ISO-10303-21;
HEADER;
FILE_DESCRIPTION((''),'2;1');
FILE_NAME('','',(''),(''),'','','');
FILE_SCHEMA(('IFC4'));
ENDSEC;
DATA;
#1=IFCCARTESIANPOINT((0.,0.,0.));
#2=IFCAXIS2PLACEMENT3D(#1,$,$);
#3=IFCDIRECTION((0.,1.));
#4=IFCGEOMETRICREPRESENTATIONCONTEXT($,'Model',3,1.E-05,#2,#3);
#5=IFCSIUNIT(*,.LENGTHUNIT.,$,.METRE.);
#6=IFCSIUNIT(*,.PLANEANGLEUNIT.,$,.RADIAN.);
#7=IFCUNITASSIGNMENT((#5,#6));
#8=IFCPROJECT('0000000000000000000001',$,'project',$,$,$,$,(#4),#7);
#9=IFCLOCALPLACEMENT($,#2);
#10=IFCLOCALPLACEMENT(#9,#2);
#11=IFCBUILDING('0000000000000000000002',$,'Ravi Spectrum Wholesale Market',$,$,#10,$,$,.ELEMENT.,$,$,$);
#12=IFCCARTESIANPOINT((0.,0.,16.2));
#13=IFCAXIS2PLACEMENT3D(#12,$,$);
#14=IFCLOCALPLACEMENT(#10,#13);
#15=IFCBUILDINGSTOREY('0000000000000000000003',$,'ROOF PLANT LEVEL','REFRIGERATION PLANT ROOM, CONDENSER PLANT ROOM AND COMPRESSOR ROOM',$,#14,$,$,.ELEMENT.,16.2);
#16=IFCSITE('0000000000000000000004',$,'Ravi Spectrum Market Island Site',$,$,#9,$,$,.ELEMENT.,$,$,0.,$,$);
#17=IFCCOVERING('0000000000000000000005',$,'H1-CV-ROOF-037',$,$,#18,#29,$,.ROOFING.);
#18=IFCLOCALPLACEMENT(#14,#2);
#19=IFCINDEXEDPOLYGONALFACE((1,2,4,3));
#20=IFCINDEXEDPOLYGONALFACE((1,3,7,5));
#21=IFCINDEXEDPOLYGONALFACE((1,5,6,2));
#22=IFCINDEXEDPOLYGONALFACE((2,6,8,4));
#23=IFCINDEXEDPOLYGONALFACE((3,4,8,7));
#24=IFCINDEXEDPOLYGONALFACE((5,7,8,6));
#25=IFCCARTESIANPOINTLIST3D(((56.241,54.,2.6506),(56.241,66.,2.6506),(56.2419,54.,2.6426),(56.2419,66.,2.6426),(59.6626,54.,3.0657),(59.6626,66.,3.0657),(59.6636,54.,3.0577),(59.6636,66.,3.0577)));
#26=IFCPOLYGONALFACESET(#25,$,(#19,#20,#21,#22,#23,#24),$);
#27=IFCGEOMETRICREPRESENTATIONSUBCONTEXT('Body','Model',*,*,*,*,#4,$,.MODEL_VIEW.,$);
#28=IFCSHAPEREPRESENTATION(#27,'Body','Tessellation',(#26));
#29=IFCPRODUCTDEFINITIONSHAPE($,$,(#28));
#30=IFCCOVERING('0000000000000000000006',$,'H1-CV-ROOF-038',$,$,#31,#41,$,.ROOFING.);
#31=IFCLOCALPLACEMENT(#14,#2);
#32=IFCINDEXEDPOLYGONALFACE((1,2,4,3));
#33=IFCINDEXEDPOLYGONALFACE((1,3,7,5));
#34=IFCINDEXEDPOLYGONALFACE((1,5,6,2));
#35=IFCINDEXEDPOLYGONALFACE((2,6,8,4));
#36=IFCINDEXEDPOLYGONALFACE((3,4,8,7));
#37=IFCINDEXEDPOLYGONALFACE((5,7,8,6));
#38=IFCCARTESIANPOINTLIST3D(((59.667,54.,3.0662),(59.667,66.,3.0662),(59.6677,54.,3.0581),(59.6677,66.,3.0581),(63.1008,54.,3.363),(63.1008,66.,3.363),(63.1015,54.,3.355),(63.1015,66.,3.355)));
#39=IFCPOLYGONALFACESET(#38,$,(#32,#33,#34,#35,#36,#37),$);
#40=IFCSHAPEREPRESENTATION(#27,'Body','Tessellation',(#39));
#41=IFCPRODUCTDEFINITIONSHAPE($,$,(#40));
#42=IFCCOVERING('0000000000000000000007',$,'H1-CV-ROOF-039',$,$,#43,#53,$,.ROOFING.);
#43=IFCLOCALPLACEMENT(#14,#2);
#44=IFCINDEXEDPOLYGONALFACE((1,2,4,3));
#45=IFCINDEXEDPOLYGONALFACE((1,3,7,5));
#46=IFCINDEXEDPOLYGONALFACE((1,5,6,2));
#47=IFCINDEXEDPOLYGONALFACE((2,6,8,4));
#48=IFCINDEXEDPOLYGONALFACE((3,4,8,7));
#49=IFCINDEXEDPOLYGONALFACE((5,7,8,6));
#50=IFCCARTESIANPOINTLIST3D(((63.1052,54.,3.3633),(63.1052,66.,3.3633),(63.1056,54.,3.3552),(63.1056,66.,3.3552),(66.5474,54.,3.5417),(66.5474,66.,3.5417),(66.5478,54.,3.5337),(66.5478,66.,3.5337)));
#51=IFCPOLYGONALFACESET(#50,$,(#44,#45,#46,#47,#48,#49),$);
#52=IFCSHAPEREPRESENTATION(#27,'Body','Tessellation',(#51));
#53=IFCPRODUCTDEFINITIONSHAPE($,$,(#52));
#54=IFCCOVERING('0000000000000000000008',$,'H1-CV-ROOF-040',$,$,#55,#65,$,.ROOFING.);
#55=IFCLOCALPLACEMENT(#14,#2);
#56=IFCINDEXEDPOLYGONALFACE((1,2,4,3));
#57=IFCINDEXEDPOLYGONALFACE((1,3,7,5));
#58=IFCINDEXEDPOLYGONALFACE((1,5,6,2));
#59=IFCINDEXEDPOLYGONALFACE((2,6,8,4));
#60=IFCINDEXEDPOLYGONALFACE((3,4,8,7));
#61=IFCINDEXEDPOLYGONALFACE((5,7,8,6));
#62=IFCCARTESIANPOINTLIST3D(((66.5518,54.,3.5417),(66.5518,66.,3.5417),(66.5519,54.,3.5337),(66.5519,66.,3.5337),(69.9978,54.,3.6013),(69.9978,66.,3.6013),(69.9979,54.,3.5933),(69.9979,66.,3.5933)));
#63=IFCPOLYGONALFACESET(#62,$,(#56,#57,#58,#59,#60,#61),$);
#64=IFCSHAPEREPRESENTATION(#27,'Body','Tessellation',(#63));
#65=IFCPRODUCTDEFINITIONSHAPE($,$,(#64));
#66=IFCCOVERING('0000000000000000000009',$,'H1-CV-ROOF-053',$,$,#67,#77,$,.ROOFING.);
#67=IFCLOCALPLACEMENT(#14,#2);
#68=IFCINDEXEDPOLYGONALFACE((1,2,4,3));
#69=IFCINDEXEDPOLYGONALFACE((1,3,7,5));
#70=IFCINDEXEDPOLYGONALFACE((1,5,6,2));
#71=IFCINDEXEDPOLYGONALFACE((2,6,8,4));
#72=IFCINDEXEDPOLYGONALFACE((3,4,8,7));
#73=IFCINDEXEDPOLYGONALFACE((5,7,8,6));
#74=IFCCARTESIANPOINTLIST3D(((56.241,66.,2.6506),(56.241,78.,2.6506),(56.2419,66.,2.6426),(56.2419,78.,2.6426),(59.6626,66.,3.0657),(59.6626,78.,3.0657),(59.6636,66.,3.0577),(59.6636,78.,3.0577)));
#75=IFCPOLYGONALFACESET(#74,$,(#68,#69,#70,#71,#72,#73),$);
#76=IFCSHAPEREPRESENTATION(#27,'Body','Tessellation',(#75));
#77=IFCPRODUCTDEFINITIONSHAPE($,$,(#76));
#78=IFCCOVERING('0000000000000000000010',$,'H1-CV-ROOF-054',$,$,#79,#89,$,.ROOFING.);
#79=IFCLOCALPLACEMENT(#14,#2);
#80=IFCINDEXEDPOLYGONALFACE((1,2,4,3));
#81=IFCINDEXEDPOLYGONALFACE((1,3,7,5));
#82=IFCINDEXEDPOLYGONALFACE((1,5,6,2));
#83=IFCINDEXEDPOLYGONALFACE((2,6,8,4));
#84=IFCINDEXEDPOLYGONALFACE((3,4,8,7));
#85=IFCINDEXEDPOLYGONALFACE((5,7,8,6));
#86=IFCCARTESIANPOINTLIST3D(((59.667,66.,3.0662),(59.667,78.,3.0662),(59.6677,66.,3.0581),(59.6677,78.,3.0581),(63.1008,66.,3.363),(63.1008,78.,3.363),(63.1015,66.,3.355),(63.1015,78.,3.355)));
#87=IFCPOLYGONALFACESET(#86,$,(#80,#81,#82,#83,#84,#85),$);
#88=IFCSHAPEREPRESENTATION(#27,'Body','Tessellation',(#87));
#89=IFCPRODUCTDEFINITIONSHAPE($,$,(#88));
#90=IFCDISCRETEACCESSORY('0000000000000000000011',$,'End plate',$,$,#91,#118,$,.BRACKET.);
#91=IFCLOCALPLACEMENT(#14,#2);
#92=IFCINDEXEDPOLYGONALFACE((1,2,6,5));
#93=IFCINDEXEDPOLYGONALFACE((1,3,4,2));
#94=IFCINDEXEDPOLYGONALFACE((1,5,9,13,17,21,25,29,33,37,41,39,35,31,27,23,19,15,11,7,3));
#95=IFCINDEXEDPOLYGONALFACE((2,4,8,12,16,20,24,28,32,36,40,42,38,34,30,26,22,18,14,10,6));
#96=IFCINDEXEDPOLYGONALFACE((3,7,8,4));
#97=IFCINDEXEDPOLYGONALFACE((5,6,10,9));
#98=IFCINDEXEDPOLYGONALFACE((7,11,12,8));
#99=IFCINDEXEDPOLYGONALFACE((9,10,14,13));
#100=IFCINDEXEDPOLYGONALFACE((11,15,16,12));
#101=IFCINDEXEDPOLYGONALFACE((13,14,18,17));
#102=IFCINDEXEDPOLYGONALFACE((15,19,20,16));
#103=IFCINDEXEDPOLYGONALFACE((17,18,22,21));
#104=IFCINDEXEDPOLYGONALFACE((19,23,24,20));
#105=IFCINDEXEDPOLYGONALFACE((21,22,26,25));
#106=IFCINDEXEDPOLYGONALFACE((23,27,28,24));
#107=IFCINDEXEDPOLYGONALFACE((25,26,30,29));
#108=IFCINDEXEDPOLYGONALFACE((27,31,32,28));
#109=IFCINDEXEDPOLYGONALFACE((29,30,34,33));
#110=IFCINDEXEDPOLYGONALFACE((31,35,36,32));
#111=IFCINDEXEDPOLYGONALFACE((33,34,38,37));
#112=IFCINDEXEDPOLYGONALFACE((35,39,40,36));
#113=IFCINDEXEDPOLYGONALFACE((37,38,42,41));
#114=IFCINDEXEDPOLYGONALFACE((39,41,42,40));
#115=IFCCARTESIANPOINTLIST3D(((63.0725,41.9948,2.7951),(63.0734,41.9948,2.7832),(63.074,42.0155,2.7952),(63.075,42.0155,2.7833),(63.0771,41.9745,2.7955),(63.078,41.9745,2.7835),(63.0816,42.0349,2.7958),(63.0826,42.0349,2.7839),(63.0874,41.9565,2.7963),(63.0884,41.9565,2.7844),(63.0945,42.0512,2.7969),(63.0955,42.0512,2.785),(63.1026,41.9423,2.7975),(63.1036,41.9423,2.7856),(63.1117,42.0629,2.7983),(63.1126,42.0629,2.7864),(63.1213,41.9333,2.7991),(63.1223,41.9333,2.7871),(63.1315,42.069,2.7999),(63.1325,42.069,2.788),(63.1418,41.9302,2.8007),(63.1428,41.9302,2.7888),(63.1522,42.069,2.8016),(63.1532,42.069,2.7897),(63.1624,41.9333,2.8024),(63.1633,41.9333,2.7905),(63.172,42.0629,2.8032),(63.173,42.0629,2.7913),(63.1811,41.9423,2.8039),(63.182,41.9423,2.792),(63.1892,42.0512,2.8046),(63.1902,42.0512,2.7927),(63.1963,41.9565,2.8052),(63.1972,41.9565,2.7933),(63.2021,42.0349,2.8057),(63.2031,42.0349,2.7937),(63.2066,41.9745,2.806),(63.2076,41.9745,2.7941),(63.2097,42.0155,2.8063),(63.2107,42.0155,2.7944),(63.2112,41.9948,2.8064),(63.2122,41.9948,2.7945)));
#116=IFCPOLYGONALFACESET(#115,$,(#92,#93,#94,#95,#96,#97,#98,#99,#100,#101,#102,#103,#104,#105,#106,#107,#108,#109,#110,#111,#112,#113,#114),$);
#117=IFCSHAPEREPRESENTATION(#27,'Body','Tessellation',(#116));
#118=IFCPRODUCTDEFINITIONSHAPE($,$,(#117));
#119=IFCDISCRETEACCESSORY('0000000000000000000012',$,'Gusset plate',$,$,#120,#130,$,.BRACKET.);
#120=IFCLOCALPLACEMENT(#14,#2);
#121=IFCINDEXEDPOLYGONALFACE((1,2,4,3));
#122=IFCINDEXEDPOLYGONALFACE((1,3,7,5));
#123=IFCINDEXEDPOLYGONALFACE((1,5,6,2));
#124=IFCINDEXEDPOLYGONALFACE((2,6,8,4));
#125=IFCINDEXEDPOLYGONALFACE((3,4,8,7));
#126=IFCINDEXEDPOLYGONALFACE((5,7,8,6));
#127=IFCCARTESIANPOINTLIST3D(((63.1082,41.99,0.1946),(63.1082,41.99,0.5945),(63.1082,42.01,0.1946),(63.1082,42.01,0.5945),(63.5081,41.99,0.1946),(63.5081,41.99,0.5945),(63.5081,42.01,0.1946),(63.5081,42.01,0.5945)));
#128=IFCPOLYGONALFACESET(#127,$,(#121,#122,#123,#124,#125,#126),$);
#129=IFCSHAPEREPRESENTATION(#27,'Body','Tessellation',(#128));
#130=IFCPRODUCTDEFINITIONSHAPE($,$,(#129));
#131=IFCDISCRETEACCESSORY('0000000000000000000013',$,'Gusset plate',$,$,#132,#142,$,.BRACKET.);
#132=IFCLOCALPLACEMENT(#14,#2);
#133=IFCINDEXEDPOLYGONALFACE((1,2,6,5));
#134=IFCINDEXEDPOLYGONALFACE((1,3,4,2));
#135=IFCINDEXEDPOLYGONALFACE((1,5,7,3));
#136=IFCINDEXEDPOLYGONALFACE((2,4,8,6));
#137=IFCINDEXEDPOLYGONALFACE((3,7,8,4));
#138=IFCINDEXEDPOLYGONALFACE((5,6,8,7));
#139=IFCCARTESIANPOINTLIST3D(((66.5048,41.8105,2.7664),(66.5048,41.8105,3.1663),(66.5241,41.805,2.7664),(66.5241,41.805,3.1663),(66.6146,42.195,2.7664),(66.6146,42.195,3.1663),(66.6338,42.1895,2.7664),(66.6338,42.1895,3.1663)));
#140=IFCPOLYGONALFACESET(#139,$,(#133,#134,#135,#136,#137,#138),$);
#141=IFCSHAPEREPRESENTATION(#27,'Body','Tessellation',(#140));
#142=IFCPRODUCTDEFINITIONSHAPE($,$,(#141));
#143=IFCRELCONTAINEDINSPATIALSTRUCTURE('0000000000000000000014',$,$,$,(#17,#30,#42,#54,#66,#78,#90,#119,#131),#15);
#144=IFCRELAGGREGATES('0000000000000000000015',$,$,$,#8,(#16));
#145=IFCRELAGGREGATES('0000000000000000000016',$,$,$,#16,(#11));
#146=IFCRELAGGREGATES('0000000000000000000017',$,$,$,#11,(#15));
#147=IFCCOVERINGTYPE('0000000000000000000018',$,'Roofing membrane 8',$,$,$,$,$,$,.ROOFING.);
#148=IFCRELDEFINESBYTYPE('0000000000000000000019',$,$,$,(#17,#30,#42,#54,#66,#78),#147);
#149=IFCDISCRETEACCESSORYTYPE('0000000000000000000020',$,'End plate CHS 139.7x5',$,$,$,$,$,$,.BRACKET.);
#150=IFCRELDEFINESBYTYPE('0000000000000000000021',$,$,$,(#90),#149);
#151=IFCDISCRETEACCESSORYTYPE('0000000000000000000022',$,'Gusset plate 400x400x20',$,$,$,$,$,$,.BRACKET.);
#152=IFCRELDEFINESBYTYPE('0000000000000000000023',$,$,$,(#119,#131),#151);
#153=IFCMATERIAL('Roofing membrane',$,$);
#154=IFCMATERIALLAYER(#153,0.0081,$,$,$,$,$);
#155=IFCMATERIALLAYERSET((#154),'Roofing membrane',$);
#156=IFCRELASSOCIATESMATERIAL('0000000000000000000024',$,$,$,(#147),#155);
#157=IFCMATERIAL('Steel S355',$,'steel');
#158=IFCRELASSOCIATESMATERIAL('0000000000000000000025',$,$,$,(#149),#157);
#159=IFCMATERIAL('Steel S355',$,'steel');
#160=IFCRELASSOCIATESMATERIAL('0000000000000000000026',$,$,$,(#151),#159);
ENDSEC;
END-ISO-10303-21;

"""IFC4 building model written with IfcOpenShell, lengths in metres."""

from ifc_helpers import new_model, si_unit, direction, frame, origin, origin_2d, place, context, subcontext, project, spatial, polyline, rectangle, circle, outline, extrude, material, layer, layer_set, material_profile, profile_set, type_object, element, save


model = new_model("IFC4")

# Units and contexts
model_context = context("Model", 3, precision=1e-05, world=origin(), true_north=direction((0.0, 1.0)))
body_context = subcontext(model_context, "Body", "Model", "MODEL_VIEW")
ifc_project = project(units=[si_unit("LENGTHUNIT", "METRE"), si_unit("PLANEANGLEUNIT", "RADIAN")], contexts=[model_context])

# Site, building, storey
site_placement = place(None, origin())
site = spatial("IfcSite", under=ifc_project, at=site_placement, Name="Ravi Spectrum Market Island Site", CompositionType="ELEMENT", RefElevation=0.0)
building_placement = place(site_placement, origin())
building = spatial("IfcBuilding", under=site, at=building_placement, Name="Ravi Spectrum Wholesale Market", CompositionType="ELEMENT")
storey_placement = place(building_placement, frame((0.0, 0.0, 16.2)))
storey = spatial("IfcBuildingStorey", under=building, at=storey_placement, Name="ROOF PLANT LEVEL", Description="REFRIGERATION PLANT ROOM, CONDENSER PLANT ROOM AND COMPRESSOR ROOM", CompositionType="ELEMENT", Elevation=16.2)

# Coverings
ifc_material_1 = material(Name="Roofing membrane")
ifc_layer_1 = layer(ifc_material_1, 0.0081)
ifc_layer_set_1 = layer_set([ifc_layer_1], Name="Roofing membrane")
covering_type = type_object("IfcCoveringType", Name="Roofing membrane 8", PredefinedType="ROOFING", material=ifc_layer_set_1)
covering_1_placement = place(storey_placement, frame((56.241, 54.0, 2.6506), z_axis=(-0.120416, 0.0, 0.992724), x_axis=(0.992724, 0.0, 0.120416)))
element("IfcCovering", 1, at=covering_1_placement, inside=storey, type_object=covering_type, Name="H1-CV-ROOF-037", PredefinedType="ROOFING", context=body_context, shape_type="SweptSolid", body=[
    extrude(outline(polyline([(0.0, 0.0), (3.4467, 0.0), (3.4467, 12.0), (0.0, 12.0), (0.0, 0.0)])), origin(), (0.0, 0.0, -1.0), 0.0081),
])
covering_2_placement = place(storey_placement, frame((59.667, 54.0, 3.0662), z_axis=(-0.086134, 0.0, 0.996284), x_axis=(0.996284, 0.0, 0.086134)))
element("IfcCovering", 2, at=covering_2_placement, inside=storey, type_object=covering_type, Name="H1-CV-ROOF-038", PredefinedType="ROOFING", context=body_context, shape_type="SweptSolid", body=[
    extrude(outline(polyline([(0.0, 0.0), (3.4466, 0.0), (3.4466, 12.0), (0.0, 12.0), (0.0, 0.0)])), origin(), (0.0, 0.0, -1.0), 0.0081),
])
covering_3_placement = place(storey_placement, frame((63.1052, 54.0, 3.3633), z_axis=(-0.051778, 0.0, 0.998659), x_axis=(0.998659, 0.0, 0.051778)))
element("IfcCovering", 3, at=covering_3_placement, inside=storey, type_object=covering_type, Name="H1-CV-ROOF-039", PredefinedType="ROOFING", context=body_context, shape_type="SweptSolid", body=[
    extrude(outline(polyline([(0.0, 0.0), (3.4468, 0.0), (3.4468, 12.0), (0.0, 12.0), (0.0, 0.0)])), origin(), (0.0, 0.0, -1.0), 0.0081),
])
covering_4_placement = place(storey_placement, frame((66.5518, 54.0, 3.5417), z_axis=(-0.017284, 0.0, 0.999851), x_axis=(0.999851, 0.0, 0.017284)))
element("IfcCovering", 4, at=covering_4_placement, inside=storey, type_object=covering_type, Name="H1-CV-ROOF-040", PredefinedType="ROOFING", context=body_context, shape_type="SweptSolid", body=[
    extrude(outline(polyline([(0.0, 0.0), (3.4466, 0.0), (3.4466, 12.0), (0.0, 12.0), (0.0, 0.0)])), origin(), (0.0, 0.0, -1.0), 0.0081),
])
covering_5_placement = place(storey_placement, frame((56.241, 66.0, 2.6506), z_axis=(-0.120416, 0.0, 0.992724), x_axis=(0.992724, 0.0, 0.120416)))
element("IfcCovering", 5, at=covering_5_placement, inside=storey, type_object=covering_type, Name="H1-CV-ROOF-053", PredefinedType="ROOFING", context=body_context, shape_type="SweptSolid", body=[
    extrude(outline(polyline([(0.0, 0.0), (3.4467, 0.0), (3.4467, 12.0), (0.0, 12.0), (0.0, 0.0)])), origin(), (0.0, 0.0, -1.0), 0.0081),
])
covering_6_placement = place(storey_placement, frame((59.667, 66.0, 3.0662), z_axis=(-0.086134, 0.0, 0.996284), x_axis=(0.996284, 0.0, 0.086134)))
element("IfcCovering", 6, at=covering_6_placement, inside=storey, type_object=covering_type, Name="H1-CV-ROOF-054", PredefinedType="ROOFING", context=body_context, shape_type="SweptSolid", body=[
    extrude(outline(polyline([(0.0, 0.0), (3.4466, 0.0), (3.4466, 12.0), (0.0, 12.0), (0.0, 0.0)])), origin(), (0.0, 0.0, -1.0), 0.0081),
])

# Discrete accessories
ifc_material_2 = material(Name="Steel S355", Category="steel")
ifc_material_profile_1 = material_profile(ifc_material_2, circle(Radius=0.0698, at=origin_2d()))
ifc_profile_set_1 = profile_set([ifc_material_profile_1], Name="Steel S355")
discrete_accessory_type_1 = type_object("IfcDiscreteAccessoryType", Name="End plate CHS 139.7x5", PredefinedType="BRACKET", material=ifc_profile_set_1)
discrete_accessory_placement = place(storey_placement, frame((63.1428, 42.0, 2.7888), z_axis=(-0.081362, 0.0, 0.996685), x_axis=(0.0, -1.0, 0.0)))
element("IfcDiscreteAccessory", 7, at=discrete_accessory_placement, inside=storey, type_object=discrete_accessory_type_1, Name="End plate", PredefinedType="BRACKET", context=body_context, shape_type="SweptSolid", body=[
    extrude(circle(Radius=0.0698, at=origin_2d()), origin(), (0.0, 0.0, 1.0), 0.012),
])
ifc_material_3 = material(Name="Steel S355", Category="steel")
ifc_material_profile_2 = material_profile(ifc_material_3, rectangle(XDim=0.3999, YDim=0.02, at=origin_2d()))
ifc_profile_set_2 = profile_set([ifc_material_profile_2], Name="Steel S355")
discrete_accessory_type_2 = type_object("IfcDiscreteAccessoryType", Name="Gusset plate 400x400x20", PredefinedType="BRACKET", material=ifc_profile_set_2)
for number, where, z_axis, x_axis, name in (
    (8, (63.3081, 42.0, 0.1946), (0.0, 0.0, 1.0), (1.0, 0.0, 0.0), "Gusset plate"),
    (9, (66.5693, 42.0, 2.7664), (0.0, 0.0, 1.0), (0.274445, 0.961603, 0.0), "Gusset plate"),
):
    element("IfcDiscreteAccessory", number, at=place(storey_placement, frame(where, z_axis=z_axis, x_axis=x_axis)), inside=storey, type_object=discrete_accessory_type_2, Name=name, PredefinedType="BRACKET", context=body_context, shape_type="SweptSolid", body=[
        extrude(rectangle(XDim=0.3999, YDim=0.02, at=origin_2d()), origin(), (0.0, 0.0, 1.0), 0.3999),
    ])

save(model, "model.ifc")
